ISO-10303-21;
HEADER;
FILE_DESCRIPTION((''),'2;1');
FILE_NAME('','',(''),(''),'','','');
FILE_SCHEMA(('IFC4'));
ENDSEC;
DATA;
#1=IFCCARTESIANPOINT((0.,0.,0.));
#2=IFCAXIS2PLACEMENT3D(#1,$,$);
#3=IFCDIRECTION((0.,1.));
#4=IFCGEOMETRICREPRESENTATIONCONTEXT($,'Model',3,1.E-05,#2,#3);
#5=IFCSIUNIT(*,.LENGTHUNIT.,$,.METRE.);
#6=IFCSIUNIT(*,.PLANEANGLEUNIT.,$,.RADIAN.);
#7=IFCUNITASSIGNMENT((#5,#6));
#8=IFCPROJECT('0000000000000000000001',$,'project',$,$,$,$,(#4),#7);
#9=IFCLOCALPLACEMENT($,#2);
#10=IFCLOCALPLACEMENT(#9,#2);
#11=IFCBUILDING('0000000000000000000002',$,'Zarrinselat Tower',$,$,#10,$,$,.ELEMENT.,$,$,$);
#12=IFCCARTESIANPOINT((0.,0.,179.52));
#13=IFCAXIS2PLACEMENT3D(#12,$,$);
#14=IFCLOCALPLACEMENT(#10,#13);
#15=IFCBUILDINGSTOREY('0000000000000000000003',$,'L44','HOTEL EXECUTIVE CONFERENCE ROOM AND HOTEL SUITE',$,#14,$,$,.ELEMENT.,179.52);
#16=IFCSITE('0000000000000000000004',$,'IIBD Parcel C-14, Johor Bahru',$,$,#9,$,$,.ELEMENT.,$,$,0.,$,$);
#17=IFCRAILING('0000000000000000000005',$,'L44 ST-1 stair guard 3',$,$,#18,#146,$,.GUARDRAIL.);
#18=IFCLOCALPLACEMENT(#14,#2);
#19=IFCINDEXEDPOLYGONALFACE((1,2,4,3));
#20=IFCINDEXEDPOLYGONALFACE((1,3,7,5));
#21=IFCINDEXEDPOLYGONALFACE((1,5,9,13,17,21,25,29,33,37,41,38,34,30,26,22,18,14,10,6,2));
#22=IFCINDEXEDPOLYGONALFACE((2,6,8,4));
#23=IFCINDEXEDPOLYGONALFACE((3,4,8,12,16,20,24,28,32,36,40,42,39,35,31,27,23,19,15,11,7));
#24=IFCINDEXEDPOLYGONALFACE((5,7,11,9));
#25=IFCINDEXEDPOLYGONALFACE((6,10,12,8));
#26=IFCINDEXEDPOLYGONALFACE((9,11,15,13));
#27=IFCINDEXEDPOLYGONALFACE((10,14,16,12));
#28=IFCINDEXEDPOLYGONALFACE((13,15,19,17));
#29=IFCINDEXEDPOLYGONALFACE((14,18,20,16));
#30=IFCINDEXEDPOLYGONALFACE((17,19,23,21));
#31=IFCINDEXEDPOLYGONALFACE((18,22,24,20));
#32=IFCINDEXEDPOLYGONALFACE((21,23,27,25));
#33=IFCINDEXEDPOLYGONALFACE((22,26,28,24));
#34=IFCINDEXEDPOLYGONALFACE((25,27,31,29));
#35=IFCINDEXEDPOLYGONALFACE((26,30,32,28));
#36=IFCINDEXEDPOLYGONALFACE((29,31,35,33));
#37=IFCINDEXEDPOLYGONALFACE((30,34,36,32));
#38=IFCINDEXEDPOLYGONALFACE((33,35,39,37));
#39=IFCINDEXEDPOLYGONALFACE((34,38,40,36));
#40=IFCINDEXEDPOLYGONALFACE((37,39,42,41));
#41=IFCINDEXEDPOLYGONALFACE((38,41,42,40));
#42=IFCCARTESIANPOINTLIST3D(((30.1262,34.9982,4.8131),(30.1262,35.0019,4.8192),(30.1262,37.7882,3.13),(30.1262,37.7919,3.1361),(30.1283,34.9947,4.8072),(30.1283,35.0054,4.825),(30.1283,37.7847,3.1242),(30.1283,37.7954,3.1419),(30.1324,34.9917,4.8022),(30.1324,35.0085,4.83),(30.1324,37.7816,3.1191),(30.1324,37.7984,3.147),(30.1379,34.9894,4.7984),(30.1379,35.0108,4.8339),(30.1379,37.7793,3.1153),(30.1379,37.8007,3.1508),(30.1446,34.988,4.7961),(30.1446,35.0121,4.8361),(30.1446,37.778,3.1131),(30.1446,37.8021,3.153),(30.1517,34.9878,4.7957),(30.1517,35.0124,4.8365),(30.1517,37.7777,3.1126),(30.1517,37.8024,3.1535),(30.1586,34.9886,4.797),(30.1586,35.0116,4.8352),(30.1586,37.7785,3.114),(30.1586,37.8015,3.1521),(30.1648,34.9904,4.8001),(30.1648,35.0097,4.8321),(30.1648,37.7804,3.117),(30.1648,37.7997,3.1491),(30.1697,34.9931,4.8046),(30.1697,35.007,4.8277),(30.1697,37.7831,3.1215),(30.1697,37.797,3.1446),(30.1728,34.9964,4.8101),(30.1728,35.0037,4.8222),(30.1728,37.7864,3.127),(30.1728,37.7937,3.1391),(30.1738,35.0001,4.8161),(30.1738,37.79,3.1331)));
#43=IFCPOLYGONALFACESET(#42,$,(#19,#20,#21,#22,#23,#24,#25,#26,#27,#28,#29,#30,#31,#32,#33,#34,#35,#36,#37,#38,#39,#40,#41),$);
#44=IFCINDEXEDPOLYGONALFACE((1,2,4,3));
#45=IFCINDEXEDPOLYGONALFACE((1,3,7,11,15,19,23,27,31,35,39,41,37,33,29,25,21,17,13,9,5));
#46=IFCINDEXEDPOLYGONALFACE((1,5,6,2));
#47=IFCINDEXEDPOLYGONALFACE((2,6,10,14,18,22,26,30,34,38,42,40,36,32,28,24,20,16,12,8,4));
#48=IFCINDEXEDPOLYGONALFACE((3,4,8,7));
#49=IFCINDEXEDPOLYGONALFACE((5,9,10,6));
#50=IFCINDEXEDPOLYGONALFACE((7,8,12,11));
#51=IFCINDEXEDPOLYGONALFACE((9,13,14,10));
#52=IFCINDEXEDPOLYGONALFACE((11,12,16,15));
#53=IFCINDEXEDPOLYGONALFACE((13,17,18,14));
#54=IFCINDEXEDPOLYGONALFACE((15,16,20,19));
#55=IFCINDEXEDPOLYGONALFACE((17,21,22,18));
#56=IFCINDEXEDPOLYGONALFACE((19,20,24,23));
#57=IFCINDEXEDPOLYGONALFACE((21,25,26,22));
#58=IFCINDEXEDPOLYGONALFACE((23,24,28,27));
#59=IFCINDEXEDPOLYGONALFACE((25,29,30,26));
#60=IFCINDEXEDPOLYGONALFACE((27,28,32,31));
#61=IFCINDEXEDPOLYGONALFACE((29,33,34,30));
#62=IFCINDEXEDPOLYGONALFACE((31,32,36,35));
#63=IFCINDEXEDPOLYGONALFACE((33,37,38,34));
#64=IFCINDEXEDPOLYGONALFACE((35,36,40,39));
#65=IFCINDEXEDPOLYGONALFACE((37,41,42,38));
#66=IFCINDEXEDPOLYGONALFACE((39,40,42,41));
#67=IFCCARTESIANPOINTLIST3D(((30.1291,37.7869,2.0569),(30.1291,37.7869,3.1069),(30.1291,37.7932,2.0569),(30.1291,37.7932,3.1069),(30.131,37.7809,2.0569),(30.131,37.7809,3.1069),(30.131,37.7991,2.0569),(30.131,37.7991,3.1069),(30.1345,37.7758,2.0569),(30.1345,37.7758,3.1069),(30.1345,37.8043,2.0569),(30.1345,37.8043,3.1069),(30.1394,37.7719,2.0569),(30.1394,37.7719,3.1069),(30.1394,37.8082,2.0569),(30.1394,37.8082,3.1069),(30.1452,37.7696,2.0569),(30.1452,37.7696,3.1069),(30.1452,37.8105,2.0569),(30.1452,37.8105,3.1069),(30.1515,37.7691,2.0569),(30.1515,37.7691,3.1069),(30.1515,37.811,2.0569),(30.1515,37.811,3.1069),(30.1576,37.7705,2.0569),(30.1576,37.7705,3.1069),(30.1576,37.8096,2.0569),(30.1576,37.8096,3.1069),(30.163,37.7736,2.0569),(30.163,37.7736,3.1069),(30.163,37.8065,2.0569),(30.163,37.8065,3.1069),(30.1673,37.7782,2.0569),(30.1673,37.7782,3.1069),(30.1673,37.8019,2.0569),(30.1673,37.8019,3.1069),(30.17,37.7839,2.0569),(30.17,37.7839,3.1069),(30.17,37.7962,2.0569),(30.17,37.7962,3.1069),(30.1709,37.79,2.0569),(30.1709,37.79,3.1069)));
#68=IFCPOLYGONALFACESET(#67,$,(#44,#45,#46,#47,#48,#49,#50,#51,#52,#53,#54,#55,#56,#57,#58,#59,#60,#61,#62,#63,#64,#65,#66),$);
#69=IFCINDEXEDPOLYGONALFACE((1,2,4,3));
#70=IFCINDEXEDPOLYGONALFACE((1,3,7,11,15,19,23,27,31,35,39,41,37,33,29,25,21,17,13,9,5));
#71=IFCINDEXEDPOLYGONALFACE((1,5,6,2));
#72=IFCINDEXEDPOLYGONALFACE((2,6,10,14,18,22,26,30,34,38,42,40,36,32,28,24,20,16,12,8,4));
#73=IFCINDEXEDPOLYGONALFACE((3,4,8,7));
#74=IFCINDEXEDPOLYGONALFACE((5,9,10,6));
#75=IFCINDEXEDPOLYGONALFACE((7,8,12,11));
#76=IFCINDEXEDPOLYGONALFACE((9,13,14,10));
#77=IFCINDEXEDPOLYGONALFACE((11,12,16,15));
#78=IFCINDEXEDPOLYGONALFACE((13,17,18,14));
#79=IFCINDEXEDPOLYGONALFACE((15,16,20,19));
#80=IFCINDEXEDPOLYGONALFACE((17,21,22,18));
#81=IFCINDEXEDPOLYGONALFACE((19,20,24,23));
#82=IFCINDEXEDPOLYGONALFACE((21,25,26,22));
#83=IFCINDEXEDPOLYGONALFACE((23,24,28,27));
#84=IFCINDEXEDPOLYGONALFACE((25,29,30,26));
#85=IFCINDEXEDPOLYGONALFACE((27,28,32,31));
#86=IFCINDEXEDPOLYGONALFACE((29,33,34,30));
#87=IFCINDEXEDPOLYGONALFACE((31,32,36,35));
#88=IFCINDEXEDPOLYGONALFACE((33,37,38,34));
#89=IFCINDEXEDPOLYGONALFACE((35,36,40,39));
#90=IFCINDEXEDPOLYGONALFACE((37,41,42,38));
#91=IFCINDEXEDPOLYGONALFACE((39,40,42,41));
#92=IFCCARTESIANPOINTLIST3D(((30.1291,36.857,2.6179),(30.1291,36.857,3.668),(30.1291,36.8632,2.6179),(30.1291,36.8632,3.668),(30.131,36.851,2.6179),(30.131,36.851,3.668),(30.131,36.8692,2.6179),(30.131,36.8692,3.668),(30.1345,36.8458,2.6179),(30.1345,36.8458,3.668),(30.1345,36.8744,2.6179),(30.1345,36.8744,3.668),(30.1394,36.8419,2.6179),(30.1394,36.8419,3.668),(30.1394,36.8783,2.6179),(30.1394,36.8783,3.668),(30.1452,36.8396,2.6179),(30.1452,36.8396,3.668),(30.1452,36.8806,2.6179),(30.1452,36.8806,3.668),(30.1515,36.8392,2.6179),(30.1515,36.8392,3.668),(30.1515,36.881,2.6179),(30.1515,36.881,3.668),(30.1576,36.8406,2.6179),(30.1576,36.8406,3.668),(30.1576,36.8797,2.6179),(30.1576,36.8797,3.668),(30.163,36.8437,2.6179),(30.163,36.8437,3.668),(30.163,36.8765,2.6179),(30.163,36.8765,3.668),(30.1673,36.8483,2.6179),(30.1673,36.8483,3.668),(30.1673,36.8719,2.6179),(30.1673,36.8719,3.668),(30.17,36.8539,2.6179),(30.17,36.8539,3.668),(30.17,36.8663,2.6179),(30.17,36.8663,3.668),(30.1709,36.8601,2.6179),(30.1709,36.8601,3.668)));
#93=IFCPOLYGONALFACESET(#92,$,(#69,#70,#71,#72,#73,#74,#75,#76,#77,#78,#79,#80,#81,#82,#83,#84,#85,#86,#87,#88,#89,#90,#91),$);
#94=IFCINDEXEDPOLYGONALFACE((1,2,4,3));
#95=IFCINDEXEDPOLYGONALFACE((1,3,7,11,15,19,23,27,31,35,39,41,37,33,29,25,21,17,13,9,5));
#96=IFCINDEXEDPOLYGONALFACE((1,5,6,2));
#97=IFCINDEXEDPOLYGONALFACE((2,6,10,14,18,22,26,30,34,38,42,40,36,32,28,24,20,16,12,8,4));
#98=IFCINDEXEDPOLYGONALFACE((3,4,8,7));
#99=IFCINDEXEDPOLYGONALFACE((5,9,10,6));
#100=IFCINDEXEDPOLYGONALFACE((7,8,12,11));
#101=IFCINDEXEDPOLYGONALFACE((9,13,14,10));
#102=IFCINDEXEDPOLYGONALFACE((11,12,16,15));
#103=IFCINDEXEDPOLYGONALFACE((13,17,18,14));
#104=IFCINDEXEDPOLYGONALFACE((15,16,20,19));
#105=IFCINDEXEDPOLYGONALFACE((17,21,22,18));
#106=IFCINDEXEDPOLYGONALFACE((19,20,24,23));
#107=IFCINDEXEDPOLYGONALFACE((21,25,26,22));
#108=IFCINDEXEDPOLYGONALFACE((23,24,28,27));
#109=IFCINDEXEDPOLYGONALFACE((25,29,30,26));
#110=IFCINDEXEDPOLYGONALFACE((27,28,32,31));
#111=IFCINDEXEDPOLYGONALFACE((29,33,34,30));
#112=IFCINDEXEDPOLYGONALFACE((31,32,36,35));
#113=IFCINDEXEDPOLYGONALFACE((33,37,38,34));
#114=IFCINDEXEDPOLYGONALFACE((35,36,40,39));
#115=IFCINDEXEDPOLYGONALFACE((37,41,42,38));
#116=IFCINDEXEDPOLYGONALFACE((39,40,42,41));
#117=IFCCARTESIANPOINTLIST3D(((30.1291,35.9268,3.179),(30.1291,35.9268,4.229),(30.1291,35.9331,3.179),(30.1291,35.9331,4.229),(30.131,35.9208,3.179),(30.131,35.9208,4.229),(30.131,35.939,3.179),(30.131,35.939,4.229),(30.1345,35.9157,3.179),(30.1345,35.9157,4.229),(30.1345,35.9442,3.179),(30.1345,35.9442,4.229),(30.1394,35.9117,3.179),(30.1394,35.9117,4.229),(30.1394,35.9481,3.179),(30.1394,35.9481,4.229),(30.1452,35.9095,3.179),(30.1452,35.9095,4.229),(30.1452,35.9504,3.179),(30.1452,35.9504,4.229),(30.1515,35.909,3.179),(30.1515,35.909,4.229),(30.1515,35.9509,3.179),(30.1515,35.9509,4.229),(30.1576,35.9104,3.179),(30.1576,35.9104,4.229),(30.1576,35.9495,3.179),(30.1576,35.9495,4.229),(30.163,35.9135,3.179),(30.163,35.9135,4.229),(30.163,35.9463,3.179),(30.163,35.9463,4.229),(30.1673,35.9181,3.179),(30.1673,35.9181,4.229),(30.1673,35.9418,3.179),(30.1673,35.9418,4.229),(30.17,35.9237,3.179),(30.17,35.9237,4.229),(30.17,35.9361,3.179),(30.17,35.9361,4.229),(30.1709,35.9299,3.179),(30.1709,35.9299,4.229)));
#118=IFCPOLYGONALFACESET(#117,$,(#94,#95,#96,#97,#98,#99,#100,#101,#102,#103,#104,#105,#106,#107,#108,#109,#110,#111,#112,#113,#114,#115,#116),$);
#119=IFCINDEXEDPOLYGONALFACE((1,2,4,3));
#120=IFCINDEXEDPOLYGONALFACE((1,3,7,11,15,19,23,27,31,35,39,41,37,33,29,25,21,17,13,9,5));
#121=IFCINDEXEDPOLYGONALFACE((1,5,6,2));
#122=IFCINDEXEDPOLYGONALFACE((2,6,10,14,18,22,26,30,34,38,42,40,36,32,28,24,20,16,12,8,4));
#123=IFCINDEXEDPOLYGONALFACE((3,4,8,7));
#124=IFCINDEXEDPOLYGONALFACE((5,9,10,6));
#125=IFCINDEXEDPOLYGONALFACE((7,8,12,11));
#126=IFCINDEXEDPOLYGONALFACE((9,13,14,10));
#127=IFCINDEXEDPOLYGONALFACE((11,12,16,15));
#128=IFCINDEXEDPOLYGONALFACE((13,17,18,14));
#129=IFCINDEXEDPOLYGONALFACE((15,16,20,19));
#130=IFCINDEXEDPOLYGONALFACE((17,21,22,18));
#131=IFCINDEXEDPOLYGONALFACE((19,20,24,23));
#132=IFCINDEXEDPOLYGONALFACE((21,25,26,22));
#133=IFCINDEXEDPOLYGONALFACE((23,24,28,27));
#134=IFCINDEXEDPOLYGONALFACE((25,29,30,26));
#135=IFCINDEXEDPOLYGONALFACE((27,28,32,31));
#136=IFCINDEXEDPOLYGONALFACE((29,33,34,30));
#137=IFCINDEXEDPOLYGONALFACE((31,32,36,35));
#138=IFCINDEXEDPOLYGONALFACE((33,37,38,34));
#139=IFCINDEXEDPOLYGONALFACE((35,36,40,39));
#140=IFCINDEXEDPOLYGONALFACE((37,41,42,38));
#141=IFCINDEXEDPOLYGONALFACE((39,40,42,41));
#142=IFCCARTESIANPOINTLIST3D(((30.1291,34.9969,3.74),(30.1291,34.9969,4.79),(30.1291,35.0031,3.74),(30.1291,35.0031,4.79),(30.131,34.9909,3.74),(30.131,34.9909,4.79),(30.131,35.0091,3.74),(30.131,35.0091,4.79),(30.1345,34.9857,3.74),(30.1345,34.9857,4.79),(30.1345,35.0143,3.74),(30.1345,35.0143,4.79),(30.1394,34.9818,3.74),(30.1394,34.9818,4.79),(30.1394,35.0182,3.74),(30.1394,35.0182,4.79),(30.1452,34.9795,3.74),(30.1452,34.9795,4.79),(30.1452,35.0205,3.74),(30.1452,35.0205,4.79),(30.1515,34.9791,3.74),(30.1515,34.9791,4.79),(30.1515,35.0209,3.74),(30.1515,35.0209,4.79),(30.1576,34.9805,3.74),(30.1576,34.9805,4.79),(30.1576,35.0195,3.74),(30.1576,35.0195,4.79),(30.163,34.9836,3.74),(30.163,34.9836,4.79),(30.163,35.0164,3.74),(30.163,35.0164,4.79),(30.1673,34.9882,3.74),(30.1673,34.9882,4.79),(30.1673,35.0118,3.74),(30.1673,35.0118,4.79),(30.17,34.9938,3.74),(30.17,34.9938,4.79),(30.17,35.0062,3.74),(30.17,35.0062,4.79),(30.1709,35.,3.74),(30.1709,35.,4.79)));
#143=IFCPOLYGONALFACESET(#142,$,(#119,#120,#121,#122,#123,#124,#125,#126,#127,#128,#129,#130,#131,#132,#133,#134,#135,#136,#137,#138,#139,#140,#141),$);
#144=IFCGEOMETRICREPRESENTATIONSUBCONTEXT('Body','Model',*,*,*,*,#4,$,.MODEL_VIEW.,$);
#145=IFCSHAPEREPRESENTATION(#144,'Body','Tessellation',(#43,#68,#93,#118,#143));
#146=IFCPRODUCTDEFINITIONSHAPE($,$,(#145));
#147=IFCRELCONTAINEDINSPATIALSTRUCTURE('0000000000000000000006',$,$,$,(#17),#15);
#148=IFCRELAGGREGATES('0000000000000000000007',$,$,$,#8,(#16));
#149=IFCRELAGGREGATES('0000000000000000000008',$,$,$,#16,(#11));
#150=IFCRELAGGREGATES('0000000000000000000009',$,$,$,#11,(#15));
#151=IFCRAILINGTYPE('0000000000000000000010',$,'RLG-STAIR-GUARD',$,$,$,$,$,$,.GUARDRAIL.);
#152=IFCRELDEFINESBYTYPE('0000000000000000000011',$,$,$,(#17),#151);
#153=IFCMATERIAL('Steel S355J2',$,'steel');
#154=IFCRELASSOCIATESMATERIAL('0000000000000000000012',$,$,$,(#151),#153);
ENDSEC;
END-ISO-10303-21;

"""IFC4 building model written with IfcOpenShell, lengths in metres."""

from ifc_helpers import new_model, si_unit, direction, frame, origin, origin_2d, place, context, subcontext, project, spatial, circle, extrude, material, type_object, element, save


model = new_model("IFC4")

# Units and contexts
model_context = context("Model", 3, precision=1e-05, world=origin(), true_north=direction((0.0, 1.0)))
body_context = subcontext(model_context, "Body", "Model", "MODEL_VIEW")
ifc_project = project(units=[si_unit("LENGTHUNIT", "METRE"), si_unit("PLANEANGLEUNIT", "RADIAN")], contexts=[model_context])

# Site, building, storey
site_placement = place(None, origin())
site = spatial("IfcSite", under=ifc_project, at=site_placement, Name="IIBD Parcel C-14, Johor Bahru", CompositionType="ELEMENT", RefElevation=0.0)
building_placement = place(site_placement, origin())
building = spatial("IfcBuilding", under=site, at=building_placement, Name="Zarrinselat Tower", CompositionType="ELEMENT")
storey_placement = place(building_placement, frame((0.0, 0.0, 179.52)))
storey = spatial("IfcBuildingStorey", under=building, at=storey_placement, Name="L44", Description="HOTEL EXECUTIVE CONFERENCE ROOM AND HOTEL SUITE", CompositionType="ELEMENT", Elevation=179.52)

# Railing
ifc_material_1 = material(Name="Steel S355J2", Category="steel")
railing_type_1 = type_object("IfcRailingType", Name="RLG-STAIR-GUARD", PredefinedType="GUARDRAIL", material=ifc_material_1)
railing_1_placement = place(storey_placement, frame((30.1499, 37.79, 2.0569)))
element("IfcRailing", 1, at=railing_1_placement, inside=storey, type_object=railing_type_1, Name="L44 ST-1 stair guard 3", PredefinedType="GUARDRAIL", context=body_context, shape_type="SweptSolid", body=[
    extrude(circle(Radius=0.0239, at=origin_2d()), frame((0.0, 0.0, 1.0762), z_axis=(0.0, -0.856261, 0.516544), x_axis=(1.0, 0.0, 0.0)), (0.0, 0.0, 1.0), 3.2583),
    extrude(circle(Radius=0.021, at=origin_2d()), origin(), (0.0, 0.0, 1.0), 1.05),
    extrude(circle(Radius=0.021, at=origin_2d()), frame((0.0, -0.9299, 0.561)), (0.0, 0.0, 1.0), 1.05),
    extrude(circle(Radius=0.021, at=origin_2d()), frame((0.0, -1.8601, 1.1221)), (0.0, 0.0, 1.0), 1.05),
    extrude(circle(Radius=0.021, at=origin_2d()), frame((0.0, -2.79, 1.6831)), (0.0, 0.0, 1.0), 1.05),
])

save(model, "model.ifc")
